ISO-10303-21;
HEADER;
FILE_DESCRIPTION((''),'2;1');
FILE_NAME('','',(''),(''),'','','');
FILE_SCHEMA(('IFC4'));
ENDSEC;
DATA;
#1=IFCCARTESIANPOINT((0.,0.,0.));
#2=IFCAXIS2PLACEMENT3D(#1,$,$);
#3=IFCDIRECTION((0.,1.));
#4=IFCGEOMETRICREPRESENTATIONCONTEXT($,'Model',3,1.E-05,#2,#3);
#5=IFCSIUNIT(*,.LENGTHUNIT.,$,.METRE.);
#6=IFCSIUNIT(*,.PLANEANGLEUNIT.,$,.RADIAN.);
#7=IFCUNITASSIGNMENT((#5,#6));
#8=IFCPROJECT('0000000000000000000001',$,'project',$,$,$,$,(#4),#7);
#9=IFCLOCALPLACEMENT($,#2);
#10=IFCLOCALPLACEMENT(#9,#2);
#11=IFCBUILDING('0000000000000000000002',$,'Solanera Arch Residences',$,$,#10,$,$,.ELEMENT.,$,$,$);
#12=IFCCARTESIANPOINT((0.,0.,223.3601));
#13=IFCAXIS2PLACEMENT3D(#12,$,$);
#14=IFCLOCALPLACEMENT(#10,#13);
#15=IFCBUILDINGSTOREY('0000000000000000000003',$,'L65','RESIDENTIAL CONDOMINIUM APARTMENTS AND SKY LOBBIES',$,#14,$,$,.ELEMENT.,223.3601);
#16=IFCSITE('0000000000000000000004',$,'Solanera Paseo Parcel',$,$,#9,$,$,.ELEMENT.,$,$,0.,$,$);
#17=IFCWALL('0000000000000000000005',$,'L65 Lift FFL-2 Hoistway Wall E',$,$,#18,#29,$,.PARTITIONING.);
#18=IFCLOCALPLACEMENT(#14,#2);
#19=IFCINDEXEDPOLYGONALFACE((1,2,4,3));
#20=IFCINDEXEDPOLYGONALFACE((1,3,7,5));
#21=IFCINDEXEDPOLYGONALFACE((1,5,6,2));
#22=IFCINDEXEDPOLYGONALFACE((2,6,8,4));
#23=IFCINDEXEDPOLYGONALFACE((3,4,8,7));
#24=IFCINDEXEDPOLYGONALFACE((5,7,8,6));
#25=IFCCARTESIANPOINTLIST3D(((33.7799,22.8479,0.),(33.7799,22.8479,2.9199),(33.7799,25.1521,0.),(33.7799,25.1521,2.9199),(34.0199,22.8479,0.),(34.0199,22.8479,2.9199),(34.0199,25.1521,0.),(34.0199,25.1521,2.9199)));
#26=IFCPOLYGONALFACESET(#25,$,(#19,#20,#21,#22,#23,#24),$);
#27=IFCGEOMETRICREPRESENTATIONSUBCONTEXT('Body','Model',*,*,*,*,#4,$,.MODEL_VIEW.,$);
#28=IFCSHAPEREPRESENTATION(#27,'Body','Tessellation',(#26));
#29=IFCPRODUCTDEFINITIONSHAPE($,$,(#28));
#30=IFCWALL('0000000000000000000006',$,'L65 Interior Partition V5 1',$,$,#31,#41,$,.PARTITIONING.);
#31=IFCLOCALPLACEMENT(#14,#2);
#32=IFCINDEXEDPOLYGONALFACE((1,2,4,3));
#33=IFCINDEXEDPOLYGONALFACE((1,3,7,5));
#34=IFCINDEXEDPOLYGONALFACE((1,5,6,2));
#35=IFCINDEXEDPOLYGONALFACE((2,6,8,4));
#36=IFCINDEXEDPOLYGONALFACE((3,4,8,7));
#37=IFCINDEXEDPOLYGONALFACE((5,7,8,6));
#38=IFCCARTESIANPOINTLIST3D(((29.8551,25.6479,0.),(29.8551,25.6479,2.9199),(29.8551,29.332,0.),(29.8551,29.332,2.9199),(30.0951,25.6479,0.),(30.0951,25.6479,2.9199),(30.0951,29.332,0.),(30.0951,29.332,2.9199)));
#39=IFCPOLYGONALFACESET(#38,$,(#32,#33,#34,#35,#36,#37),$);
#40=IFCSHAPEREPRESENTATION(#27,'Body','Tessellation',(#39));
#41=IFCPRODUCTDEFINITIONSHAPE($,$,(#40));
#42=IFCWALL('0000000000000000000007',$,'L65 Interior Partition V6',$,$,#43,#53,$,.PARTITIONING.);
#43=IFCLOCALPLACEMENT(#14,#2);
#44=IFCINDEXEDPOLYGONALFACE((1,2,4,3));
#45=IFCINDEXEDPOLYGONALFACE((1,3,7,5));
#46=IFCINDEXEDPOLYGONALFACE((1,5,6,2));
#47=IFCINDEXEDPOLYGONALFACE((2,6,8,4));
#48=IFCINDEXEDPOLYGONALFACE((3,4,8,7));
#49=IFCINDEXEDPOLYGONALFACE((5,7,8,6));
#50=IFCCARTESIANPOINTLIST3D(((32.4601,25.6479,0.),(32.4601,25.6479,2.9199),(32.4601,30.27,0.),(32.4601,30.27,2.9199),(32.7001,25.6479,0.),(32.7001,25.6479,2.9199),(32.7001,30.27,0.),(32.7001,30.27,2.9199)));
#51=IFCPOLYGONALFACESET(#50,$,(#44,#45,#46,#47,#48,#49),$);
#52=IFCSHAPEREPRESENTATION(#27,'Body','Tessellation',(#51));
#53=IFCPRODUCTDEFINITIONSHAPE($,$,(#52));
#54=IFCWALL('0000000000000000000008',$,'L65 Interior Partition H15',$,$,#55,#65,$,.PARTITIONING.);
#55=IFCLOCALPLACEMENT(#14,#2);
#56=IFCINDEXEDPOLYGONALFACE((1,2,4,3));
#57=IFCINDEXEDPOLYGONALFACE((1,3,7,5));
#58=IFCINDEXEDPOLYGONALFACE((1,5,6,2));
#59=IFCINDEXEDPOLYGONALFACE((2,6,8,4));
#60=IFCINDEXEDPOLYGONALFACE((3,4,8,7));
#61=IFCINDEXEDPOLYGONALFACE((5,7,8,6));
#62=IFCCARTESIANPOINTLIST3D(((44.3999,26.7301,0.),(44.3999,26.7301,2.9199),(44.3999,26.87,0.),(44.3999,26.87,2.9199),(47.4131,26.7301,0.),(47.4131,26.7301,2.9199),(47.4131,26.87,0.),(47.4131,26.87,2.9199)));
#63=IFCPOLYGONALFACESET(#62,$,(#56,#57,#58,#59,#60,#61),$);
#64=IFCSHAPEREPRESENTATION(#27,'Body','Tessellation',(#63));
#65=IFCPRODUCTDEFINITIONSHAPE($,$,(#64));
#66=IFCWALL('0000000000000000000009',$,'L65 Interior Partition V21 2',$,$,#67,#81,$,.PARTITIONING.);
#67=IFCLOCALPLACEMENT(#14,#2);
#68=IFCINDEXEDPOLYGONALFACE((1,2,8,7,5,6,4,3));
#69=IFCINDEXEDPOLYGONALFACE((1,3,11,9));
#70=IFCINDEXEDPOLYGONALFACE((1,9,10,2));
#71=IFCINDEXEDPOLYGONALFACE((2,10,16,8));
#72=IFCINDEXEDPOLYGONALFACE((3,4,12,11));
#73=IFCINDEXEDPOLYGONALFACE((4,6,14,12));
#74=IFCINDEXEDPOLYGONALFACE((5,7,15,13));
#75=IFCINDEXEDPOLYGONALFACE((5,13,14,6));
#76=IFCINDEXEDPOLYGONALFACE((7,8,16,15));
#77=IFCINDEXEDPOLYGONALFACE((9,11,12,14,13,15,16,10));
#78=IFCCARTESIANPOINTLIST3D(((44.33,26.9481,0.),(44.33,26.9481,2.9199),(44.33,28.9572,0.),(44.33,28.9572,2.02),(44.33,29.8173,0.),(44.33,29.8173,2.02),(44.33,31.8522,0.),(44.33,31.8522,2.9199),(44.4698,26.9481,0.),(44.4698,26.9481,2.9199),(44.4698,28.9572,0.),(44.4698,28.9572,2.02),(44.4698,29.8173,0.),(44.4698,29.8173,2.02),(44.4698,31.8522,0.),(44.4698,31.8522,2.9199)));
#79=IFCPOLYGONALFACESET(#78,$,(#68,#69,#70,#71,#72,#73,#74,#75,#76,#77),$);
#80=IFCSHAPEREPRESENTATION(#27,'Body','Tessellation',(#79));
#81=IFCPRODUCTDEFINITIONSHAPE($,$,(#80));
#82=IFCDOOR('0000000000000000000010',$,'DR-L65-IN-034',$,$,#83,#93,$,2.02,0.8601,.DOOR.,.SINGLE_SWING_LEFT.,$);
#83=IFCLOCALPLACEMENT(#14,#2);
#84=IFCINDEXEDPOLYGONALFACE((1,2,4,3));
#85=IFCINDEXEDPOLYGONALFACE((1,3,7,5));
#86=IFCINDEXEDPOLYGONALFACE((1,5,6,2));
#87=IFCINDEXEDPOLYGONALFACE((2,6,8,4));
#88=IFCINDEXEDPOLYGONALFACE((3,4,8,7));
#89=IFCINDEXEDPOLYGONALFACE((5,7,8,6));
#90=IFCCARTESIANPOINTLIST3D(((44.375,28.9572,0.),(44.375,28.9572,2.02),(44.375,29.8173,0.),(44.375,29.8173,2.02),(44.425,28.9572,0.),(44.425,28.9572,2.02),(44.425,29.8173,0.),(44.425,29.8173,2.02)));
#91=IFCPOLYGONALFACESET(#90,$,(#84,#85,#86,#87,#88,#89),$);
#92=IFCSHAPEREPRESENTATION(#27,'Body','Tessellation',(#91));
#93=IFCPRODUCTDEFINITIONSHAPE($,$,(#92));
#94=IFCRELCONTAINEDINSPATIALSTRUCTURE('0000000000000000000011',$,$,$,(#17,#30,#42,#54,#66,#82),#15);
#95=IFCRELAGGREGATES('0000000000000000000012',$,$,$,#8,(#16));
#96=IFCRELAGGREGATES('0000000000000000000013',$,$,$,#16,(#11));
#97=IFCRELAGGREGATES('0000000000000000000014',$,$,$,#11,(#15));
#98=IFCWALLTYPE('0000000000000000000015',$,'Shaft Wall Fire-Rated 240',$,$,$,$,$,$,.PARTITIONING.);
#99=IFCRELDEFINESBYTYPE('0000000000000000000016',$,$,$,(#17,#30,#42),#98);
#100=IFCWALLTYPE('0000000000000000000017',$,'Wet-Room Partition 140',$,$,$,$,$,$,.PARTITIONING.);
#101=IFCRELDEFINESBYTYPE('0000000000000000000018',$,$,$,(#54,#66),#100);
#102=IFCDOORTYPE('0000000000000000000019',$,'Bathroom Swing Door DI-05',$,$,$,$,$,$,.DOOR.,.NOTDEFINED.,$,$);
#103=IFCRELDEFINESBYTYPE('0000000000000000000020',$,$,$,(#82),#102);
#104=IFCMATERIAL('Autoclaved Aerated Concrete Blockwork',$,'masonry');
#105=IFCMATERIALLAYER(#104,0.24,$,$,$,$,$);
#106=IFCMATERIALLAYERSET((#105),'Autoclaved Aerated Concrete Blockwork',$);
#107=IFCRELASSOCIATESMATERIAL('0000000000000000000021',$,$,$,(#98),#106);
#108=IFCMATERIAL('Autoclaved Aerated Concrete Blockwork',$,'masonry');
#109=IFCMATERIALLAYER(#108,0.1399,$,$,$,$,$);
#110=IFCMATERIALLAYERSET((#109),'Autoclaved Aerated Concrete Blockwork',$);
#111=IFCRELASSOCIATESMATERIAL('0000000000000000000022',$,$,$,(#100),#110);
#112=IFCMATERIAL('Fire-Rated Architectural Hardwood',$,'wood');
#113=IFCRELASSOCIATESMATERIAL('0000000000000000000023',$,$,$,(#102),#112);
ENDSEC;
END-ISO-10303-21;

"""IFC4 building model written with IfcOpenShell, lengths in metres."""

from ifc_helpers import new_model, si_unit, direction, frame, frame_2d, origin, place, context, subcontext, project, spatial, rectangle, extrude, material, layer, layer_set, type_object, element, fill, save


model = new_model("IFC4")

# Units and contexts
model_context = context("Model", 3, precision=1e-05, world=origin(), true_north=direction((0.0, 1.0)))
body_context = subcontext(model_context, "Body", "Model", "MODEL_VIEW")
ifc_project = project(units=[si_unit("LENGTHUNIT", "METRE"), si_unit("PLANEANGLEUNIT", "RADIAN")], contexts=[model_context])

# Site, building, storey
site_placement = place(None, origin())
site = spatial("IfcSite", under=ifc_project, at=site_placement, Name="Solanera Paseo Parcel", CompositionType="ELEMENT", RefElevation=0.0)
building_placement = place(site_placement, origin())
building = spatial("IfcBuilding", under=site, at=building_placement, Name="Solanera Arch Residences", CompositionType="ELEMENT")
storey_placement = place(building_placement, frame((0.0, 0.0, 223.3601)))
storey = spatial("IfcBuildingStorey", under=building, at=storey_placement, Name="L65", Description="RESIDENTIAL CONDOMINIUM APARTMENTS AND SKY LOBBIES", CompositionType="ELEMENT", Elevation=223.3601)

# Walls
ifc_material_1 = material(Name="Autoclaved Aerated Concrete Blockwork", Category="masonry")
ifc_layer_1 = layer(ifc_material_1, 0.24)
ifc_layer_set_1 = layer_set([ifc_layer_1], Name="Autoclaved Aerated Concrete Blockwork")
wall_type_1 = type_object("IfcWallType", Name="Shaft Wall Fire-Rated 240", PredefinedType="PARTITIONING", material=ifc_layer_set_1)
wall_1_placement = place(storey_placement, frame((33.8999, 22.8479, 0.0), z_axis=(0.0, 0.0, 1.0), x_axis=(0.0, 1.0, 0.0)))
element("IfcWall", 1, at=wall_1_placement, inside=storey, type_object=wall_type_1, Name="L65 Lift FFL-2 Hoistway Wall E", PredefinedType="PARTITIONING", context=body_context, shape_type="SweptSolid", body=[
    extrude(rectangle(XDim=2.3042, YDim=0.24, at=frame_2d((1.1521, 0.0))), origin(), (0.0, 0.0, 1.0), 2.9199),
])
wall_2_placement = place(storey_placement, frame((29.9751, 25.6479, 0.0), z_axis=(0.0, 0.0, 1.0), x_axis=(0.0, 1.0, 0.0)))
element("IfcWall", 2, at=wall_2_placement, inside=storey, type_object=wall_type_1, Name="L65 Interior Partition V5 1", PredefinedType="PARTITIONING", context=body_context, shape_type="SweptSolid", body=[
    extrude(rectangle(XDim=3.6841, YDim=0.24, at=frame_2d((1.842, 0.0))), origin(), (0.0, 0.0, 1.0), 2.9199),
])

# Walls
wall_3_placement = place(storey_placement, frame((32.5801, 25.6479, 0.0), z_axis=(0.0, 0.0, 1.0), x_axis=(0.0, 1.0, 0.0)))
element("IfcWall", 3, at=wall_3_placement, inside=storey, type_object=wall_type_1, Name="L65 Interior Partition V6", PredefinedType="PARTITIONING", context=body_context, shape_type="SweptSolid", body=[
    extrude(rectangle(XDim=4.6221, YDim=0.24, at=frame_2d((2.311, 0.0))), origin(), (0.0, 0.0, 1.0), 2.9199),
])
ifc_material_2 = material(Name="Autoclaved Aerated Concrete Blockwork", Category="masonry")
ifc_layer_2 = layer(ifc_material_2, 0.1399)
ifc_layer_set_2 = layer_set([ifc_layer_2], Name="Autoclaved Aerated Concrete Blockwork")
wall_type_2 = type_object("IfcWallType", Name="Wet-Room Partition 140", PredefinedType="PARTITIONING", material=ifc_layer_set_2)
wall_4_placement = place(storey_placement, frame((44.3999, 26.8, 0.0), z_axis=(0.0, 0.0, 1.0), x_axis=(1.0, 0.0, 0.0)))
element("IfcWall", 4, at=wall_4_placement, inside=storey, type_object=wall_type_2, Name="L65 Interior Partition H15", PredefinedType="PARTITIONING", context=body_context, shape_type="SweptSolid", body=[
    extrude(rectangle(XDim=3.0132, YDim=0.1399, at=frame_2d((1.5066, 0.0))), origin(), (0.0, 0.0, 1.0), 2.9199),
])

# Wall, opening, door
wall_5_placement = place(storey_placement, frame((44.3999, 26.948, 0.0), z_axis=(0.0, 0.0, 1.0), x_axis=(0.0, 1.0, 0.0)))
wall_5 = element("IfcWall", 5, at=wall_5_placement, inside=storey, type_object=wall_type_2, Name="L65 Interior Partition V21 2", PredefinedType="PARTITIONING", context=body_context, shape_type="SweptSolid", body=[
    extrude(rectangle(XDim=4.9041, YDim=0.1399, at=frame_2d((2.4521, 0.0))), origin(), (0.0, 0.0, 1.0), 2.9199),
])
opening_1_placement = place(wall_5_placement, frame((2.009, 0.0, 0.0)))
opening_1 = element("IfcOpeningElement", 6, at=opening_1_placement, cuts=wall_5, PredefinedType="OPENING", context=body_context, shape_type="SweptSolid", body=[
    extrude(rectangle(XDim=0.8601, YDim=2.02, at=frame_2d((0.4302, 1.01))), frame((0.0, 0.0798, 0.0), z_axis=(0.0, -1.0, 0.0), x_axis=(1.0, 0.0, 0.0)), (0.0, 0.0, 1.0), 0.1599),
])
ifc_material_3 = material(Name="Fire-Rated Architectural Hardwood", Category="wood")
door_type_1 = type_object("IfcDoorType", Name="Bathroom Swing Door DI-05", OperationType="NOTDEFINED", PredefinedType="DOOR", material=ifc_material_3)
door_1_placement = place(opening_1_placement, origin())
door_1 = element("IfcDoor", 7, at=door_1_placement, inside=storey, type_object=door_type_1, Name="DR-L65-IN-034", OperationType="SINGLE_SWING_LEFT", OverallHeight=2.02, OverallWidth=0.8601, PredefinedType="DOOR", context=body_context, shape_type="SweptSolid", body=[
    extrude(rectangle(XDim=0.8601, YDim=2.02, at=frame_2d((0.4302, 1.01))), frame((0.0, 0.0249, 0.0), z_axis=(0.0, -1.0, 0.0), x_axis=(1.0, 0.0, 0.0)), (0.0, 0.0, 1.0), 0.05),
])
fill(opening_1, door_1)

save(model, "model.ifc")
